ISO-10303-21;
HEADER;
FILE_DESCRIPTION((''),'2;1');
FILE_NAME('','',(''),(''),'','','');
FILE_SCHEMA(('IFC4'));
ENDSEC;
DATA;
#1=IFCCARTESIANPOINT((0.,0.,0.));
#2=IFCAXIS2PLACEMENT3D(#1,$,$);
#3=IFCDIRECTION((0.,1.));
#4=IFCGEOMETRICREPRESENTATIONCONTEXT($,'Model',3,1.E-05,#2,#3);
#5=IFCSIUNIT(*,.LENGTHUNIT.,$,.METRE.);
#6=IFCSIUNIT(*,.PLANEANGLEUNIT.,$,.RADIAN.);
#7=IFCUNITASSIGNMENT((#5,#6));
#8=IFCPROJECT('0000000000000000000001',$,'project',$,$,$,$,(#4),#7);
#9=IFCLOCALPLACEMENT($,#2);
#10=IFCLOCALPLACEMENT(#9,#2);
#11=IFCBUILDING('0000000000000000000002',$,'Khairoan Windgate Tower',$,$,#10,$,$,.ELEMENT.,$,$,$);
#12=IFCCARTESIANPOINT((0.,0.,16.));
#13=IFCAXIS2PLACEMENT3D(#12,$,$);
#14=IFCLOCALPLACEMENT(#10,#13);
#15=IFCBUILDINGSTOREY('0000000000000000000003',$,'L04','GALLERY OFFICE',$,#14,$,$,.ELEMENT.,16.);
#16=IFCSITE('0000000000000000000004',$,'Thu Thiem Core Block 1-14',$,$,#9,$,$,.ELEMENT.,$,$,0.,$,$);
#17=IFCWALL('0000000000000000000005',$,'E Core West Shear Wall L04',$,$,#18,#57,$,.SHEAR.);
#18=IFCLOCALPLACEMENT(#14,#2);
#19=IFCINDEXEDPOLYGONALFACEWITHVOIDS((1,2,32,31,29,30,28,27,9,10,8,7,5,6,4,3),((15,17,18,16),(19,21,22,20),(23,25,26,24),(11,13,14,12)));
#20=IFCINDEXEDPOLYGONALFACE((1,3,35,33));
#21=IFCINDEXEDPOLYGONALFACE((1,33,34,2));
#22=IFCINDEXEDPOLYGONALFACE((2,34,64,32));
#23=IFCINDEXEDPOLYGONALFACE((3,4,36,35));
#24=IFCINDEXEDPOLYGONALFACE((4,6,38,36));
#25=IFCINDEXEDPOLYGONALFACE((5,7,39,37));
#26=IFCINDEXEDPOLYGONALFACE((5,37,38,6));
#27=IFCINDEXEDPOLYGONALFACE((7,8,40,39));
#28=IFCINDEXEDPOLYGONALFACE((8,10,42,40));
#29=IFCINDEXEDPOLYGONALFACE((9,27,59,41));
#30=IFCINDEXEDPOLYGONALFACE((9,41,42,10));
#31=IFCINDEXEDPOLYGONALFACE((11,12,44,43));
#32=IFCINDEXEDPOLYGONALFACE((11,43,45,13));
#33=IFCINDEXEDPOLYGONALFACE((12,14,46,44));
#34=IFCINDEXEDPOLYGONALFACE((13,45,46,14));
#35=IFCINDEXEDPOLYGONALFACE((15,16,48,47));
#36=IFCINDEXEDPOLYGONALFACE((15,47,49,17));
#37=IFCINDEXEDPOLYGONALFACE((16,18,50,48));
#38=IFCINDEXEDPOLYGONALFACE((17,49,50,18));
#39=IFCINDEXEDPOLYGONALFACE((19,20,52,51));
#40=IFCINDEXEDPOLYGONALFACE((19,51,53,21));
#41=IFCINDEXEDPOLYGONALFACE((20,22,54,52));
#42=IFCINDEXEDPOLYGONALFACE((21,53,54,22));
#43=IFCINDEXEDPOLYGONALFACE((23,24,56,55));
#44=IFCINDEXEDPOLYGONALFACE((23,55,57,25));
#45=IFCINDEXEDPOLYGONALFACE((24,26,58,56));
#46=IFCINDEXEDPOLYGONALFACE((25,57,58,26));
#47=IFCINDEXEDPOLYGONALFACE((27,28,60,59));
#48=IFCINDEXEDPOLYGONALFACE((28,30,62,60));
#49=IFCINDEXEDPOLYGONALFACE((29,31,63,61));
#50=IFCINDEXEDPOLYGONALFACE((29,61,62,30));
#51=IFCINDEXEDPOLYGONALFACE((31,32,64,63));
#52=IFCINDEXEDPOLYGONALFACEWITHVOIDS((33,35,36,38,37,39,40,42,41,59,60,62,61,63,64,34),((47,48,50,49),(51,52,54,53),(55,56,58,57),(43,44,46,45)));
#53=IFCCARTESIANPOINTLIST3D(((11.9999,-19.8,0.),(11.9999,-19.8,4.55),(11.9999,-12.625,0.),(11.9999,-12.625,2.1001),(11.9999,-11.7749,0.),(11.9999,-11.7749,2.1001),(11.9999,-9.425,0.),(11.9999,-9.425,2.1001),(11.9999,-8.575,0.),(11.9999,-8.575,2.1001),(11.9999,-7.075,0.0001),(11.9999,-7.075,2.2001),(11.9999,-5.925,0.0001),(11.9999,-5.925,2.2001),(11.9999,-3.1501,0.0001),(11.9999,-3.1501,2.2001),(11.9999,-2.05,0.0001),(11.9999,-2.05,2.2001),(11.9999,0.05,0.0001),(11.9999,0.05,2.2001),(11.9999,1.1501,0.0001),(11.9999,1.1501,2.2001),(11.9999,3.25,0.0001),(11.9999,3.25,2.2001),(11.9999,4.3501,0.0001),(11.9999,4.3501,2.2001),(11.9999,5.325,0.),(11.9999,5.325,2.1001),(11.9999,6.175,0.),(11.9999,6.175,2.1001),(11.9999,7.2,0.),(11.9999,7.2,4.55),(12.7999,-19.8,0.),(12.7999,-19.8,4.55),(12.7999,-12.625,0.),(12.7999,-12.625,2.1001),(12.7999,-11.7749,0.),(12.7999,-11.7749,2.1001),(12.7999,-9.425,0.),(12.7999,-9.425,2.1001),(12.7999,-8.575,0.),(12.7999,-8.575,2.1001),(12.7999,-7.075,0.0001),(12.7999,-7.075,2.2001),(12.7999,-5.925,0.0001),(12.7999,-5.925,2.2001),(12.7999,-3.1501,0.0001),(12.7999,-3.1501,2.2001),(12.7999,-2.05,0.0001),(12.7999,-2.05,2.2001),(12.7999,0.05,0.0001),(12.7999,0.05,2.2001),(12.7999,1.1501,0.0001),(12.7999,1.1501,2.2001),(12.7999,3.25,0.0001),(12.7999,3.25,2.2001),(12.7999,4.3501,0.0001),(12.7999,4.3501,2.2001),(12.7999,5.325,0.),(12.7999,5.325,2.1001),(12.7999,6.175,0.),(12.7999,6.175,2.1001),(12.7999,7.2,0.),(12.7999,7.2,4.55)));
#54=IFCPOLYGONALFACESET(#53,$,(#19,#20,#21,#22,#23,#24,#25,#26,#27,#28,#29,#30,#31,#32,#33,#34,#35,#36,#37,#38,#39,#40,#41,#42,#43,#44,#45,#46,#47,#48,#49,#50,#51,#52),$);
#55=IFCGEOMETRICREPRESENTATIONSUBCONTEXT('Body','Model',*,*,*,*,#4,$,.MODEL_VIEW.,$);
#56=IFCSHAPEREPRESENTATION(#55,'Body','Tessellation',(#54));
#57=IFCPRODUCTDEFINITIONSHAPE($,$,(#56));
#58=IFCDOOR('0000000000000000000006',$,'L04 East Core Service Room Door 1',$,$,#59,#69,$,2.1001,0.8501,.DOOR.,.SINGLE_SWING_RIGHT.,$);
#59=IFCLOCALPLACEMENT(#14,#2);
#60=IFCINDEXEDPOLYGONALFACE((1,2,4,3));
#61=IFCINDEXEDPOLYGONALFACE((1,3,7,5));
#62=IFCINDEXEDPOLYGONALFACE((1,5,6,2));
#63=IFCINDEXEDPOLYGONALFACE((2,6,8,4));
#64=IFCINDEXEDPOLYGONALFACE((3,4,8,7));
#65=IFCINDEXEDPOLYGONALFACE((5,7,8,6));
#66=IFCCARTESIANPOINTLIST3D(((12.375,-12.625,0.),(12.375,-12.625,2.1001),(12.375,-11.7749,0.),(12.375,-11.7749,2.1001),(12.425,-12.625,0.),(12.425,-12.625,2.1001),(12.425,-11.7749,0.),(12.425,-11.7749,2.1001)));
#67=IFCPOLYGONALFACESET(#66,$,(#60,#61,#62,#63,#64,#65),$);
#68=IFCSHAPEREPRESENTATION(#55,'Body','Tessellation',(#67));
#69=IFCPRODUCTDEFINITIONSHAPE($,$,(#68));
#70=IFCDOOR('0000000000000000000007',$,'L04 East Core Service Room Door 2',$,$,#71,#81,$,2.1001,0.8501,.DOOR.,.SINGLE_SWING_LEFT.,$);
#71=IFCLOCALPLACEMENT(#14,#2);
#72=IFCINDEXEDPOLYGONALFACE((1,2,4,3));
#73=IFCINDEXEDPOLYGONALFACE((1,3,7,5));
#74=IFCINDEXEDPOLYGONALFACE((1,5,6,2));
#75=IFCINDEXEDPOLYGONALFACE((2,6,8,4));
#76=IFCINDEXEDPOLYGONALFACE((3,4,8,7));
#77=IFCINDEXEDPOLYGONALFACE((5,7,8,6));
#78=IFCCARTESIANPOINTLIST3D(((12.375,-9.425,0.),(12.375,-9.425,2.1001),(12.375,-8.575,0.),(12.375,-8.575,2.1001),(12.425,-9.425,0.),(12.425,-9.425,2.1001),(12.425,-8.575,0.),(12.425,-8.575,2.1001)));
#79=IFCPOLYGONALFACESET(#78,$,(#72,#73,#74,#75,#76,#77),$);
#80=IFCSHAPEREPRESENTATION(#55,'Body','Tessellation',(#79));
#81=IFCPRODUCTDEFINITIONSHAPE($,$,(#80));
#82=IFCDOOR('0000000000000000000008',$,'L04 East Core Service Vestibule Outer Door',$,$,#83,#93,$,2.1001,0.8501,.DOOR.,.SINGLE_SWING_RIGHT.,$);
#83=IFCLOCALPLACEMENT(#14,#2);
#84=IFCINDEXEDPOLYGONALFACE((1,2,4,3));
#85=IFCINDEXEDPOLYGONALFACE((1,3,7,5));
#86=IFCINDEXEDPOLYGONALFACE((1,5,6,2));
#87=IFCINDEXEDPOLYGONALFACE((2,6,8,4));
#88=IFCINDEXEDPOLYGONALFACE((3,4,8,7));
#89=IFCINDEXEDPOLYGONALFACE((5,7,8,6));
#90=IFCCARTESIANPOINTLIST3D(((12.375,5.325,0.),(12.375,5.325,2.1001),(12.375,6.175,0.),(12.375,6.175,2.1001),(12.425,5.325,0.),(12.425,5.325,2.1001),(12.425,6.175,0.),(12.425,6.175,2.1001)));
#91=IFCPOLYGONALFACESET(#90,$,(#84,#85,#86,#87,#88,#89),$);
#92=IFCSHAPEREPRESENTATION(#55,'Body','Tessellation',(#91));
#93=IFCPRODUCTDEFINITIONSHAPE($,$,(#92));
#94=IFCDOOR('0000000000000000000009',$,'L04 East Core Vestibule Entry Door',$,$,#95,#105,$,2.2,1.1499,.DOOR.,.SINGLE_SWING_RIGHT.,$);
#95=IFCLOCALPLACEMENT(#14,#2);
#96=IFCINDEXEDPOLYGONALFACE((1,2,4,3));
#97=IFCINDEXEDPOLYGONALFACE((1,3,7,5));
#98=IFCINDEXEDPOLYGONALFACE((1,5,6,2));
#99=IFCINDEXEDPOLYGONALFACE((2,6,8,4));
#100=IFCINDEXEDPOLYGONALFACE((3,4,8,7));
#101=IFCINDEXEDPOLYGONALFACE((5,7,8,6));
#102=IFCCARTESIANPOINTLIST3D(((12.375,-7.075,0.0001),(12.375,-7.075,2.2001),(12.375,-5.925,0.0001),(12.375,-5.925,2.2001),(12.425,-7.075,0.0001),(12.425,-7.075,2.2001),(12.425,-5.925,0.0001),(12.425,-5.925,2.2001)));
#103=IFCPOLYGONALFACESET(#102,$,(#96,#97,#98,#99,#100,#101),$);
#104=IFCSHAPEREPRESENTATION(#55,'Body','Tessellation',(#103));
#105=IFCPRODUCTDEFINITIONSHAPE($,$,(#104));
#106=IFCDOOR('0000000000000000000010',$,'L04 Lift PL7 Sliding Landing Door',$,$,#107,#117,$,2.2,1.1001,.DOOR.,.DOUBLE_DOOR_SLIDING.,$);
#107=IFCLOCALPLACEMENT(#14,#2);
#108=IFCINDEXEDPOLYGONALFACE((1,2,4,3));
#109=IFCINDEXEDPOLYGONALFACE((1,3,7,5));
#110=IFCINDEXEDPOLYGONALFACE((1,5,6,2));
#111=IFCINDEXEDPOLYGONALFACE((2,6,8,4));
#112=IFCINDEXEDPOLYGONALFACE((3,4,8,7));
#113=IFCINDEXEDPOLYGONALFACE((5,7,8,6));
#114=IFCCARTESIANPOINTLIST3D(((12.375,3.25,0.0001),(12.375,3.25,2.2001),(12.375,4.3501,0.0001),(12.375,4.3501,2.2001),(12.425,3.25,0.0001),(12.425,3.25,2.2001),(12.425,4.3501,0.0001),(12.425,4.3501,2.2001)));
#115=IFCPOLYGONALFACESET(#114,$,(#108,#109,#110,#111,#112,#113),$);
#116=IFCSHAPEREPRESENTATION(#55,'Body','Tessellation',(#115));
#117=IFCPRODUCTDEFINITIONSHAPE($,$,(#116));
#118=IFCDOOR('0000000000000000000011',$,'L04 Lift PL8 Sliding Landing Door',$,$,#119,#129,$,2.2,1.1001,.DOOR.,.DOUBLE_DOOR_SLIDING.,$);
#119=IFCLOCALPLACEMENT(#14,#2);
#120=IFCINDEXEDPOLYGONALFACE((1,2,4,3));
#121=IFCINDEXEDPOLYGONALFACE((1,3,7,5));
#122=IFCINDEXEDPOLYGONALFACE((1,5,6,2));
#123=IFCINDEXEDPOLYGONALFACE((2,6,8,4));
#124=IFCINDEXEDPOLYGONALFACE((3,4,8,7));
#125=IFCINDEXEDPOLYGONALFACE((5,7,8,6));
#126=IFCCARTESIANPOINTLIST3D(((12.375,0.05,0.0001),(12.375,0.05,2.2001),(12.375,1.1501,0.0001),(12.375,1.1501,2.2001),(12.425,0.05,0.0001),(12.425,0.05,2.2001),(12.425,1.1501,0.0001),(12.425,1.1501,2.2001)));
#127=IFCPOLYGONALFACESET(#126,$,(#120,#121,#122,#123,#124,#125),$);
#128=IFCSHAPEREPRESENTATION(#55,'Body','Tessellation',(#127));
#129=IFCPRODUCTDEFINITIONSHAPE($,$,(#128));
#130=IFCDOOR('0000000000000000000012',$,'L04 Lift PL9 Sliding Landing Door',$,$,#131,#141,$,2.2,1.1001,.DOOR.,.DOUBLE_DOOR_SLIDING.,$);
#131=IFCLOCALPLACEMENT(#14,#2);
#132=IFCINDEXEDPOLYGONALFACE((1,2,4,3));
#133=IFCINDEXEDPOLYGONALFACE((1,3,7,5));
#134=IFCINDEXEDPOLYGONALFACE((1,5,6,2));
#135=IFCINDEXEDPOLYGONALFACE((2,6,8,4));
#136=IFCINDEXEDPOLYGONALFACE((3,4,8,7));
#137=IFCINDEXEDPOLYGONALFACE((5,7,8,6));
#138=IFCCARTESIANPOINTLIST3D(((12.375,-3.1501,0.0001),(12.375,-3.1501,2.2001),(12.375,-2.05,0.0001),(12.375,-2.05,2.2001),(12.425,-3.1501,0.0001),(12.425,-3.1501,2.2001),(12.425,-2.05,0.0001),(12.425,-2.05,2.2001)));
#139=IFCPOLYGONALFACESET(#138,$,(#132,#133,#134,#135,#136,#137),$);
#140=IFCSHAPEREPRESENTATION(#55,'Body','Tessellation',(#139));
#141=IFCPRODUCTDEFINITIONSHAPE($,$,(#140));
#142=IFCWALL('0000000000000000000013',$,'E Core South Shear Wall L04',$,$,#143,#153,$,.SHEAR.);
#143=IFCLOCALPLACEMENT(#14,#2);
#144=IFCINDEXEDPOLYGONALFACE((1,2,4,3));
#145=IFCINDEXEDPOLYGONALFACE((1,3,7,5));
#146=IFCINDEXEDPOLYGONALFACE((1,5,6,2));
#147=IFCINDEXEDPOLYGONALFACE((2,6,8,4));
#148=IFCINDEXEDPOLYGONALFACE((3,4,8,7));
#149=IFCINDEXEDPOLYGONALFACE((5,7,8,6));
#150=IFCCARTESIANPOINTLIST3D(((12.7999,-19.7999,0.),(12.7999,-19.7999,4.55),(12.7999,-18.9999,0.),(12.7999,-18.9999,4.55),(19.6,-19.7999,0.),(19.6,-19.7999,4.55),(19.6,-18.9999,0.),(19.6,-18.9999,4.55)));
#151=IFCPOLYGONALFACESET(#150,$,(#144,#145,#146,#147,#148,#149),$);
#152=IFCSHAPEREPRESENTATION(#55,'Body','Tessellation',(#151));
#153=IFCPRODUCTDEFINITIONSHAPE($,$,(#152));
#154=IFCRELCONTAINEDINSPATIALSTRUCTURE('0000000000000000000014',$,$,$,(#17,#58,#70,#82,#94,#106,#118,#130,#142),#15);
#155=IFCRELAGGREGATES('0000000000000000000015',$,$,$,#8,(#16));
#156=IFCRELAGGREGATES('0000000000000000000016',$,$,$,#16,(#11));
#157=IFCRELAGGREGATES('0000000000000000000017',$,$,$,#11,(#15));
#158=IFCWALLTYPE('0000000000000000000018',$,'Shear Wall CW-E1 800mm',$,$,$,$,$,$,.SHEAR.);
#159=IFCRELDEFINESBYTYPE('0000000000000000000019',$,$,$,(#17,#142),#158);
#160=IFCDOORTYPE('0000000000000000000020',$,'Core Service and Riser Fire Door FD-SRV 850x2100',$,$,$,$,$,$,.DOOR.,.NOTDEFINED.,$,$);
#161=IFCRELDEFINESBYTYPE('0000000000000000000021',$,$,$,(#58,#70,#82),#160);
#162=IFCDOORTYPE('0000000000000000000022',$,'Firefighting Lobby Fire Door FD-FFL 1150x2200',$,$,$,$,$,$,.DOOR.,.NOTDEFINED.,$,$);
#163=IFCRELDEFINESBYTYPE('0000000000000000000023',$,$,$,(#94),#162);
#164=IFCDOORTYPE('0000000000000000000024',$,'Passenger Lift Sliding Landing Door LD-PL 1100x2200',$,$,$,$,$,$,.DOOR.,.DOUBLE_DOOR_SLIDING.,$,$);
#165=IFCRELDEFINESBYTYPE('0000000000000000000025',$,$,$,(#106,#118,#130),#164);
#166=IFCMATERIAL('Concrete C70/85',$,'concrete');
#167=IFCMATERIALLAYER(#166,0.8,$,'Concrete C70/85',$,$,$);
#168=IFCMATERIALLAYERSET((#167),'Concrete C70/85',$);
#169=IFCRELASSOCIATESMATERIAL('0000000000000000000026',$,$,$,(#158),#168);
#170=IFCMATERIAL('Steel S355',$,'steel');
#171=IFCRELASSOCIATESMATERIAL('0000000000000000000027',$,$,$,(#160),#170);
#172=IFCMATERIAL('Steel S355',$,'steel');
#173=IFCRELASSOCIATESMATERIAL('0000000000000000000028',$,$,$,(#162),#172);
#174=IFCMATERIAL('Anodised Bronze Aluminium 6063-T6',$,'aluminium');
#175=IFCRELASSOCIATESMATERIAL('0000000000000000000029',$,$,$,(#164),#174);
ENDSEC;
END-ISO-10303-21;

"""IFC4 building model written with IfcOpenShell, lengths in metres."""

from ifc_helpers import new_model, si_unit, direction, frame, frame_2d, origin, place, context, subcontext, project, spatial, rectangle, extrude, material, layer, layer_set, type_object, element, fill, save


model = new_model("IFC4")

# Units and contexts
model_context = context("Model", 3, precision=1e-05, world=origin(), true_north=direction((0.0, 1.0)))
body_context = subcontext(model_context, "Body", "Model", "MODEL_VIEW")
ifc_project = project(units=[si_unit("LENGTHUNIT", "METRE"), si_unit("PLANEANGLEUNIT", "RADIAN")], contexts=[model_context])

# Site, building, storey
site_placement = place(None, origin())
site = spatial("IfcSite", under=ifc_project, at=site_placement, Name="Thu Thiem Core Block 1-14", CompositionType="ELEMENT", RefElevation=0.0)
building_placement = place(site_placement, origin())
building = spatial("IfcBuilding", under=site, at=building_placement, Name="Khairoan Windgate Tower", CompositionType="ELEMENT")
storey_placement = place(building_placement, frame((0.0, 0.0, 16.0)))
storey = spatial("IfcBuildingStorey", under=building, at=storey_placement, Name="L04", Description="GALLERY OFFICE", CompositionType="ELEMENT", Elevation=16.0)

# Wall, openings, doors
ifc_material_1 = material(Name="Concrete C70/85", Category="concrete")
ifc_layer_1 = layer(ifc_material_1, 0.8, Name="Concrete C70/85")
ifc_layer_set_1 = layer_set([ifc_layer_1], Name="Concrete C70/85")
wall_type_1 = type_object("IfcWallType", Name="Shear Wall CW-E1 800mm", PredefinedType="SHEAR", material=ifc_layer_set_1)
wall_1_placement = place(storey_placement, frame((12.3999, -19.8, 0.0), z_axis=(0.0, 0.0, 1.0), x_axis=(0.0, 1.0, 0.0)))
wall_1 = element("IfcWall", 1, at=wall_1_placement, inside=storey, type_object=wall_type_1, Name="E Core West Shear Wall L04", PredefinedType="SHEAR", context=body_context, shape_type="SweptSolid", body=[
    extrude(rectangle(XDim=27.0, YDim=0.8, at=frame_2d((13.5, 0.0))), origin(), (0.0, 0.0, 1.0), 4.55),
])
opening_1_placement = place(wall_1_placement, frame((23.05, 0.0, 0.0)))
opening_1 = element("IfcOpeningElement", 2, at=opening_1_placement, cuts=wall_1, PredefinedType="OPENING", context=body_context, shape_type="SweptSolid", body=[
    extrude(rectangle(XDim=1.1001, YDim=2.2, at=frame_2d((0.55, 1.1001))), frame((0.0, 0.4099, 0.0), z_axis=(0.0, -1.0, 0.0), x_axis=(1.0, 0.0, 0.0)), (0.0, 0.0, 1.0), 0.8201),
])
opening_2_placement = place(wall_1_placement, frame((19.8501, 0.0, 0.0)))
opening_2 = element("IfcOpeningElement", 3, at=opening_2_placement, cuts=wall_1, PredefinedType="OPENING", context=body_context, shape_type="SweptSolid", body=[
    extrude(rectangle(XDim=1.1001, YDim=2.2, at=frame_2d((0.55, 1.1001))), frame((0.0, 0.4099, 0.0), z_axis=(0.0, -1.0, 0.0), x_axis=(1.0, 0.0, 0.0)), (0.0, 0.0, 1.0), 0.8201),
])
opening_3_placement = place(wall_1_placement, frame((16.6499, 0.0, 0.0)))
opening_3 = element("IfcOpeningElement", 4, at=opening_3_placement, cuts=wall_1, PredefinedType="OPENING", context=body_context, shape_type="SweptSolid", body=[
    extrude(rectangle(XDim=1.1001, YDim=2.2, at=frame_2d((0.55, 1.1001))), frame((0.0, 0.4099, 0.0), z_axis=(0.0, -1.0, 0.0), x_axis=(1.0, 0.0, 0.0)), (0.0, 0.0, 1.0), 0.8201),
])
opening_4_placement = place(wall_1_placement, frame((7.175, 0.0, 0.0)))
opening_4 = element("IfcOpeningElement", 5, at=opening_4_placement, cuts=wall_1, PredefinedType="OPENING", context=body_context, shape_type="SweptSolid", body=[
    extrude(rectangle(XDim=0.8501, YDim=2.1001, at=frame_2d((0.425, 1.05))), frame((0.0, 0.4099, 0.0), z_axis=(0.0, -1.0, 0.0), x_axis=(1.0, 0.0, 0.0)), (0.0, 0.0, 1.0), 0.8201),
])
opening_5_placement = place(wall_1_placement, frame((10.375, 0.0, 0.0)))
opening_5 = element("IfcOpeningElement", 6, at=opening_5_placement, cuts=wall_1, PredefinedType="OPENING", context=body_context, shape_type="SweptSolid", body=[
    extrude(rectangle(XDim=0.8501, YDim=2.1001, at=frame_2d((0.425, 1.05))), frame((0.0, 0.4099, 0.0), z_axis=(0.0, -1.0, 0.0), x_axis=(1.0, 0.0, 0.0)), (0.0, 0.0, 1.0), 0.8201),
])
opening_6_placement = place(wall_1_placement, frame((12.7251, 0.0, 0.0)))
opening_6 = element("IfcOpeningElement", 7, at=opening_6_placement, cuts=wall_1, PredefinedType="OPENING", context=body_context, shape_type="SweptSolid", body=[
    extrude(rectangle(XDim=1.1499, YDim=2.2, at=frame_2d((0.575, 1.1001))), frame((0.0, 0.4099, 0.0), z_axis=(0.0, -1.0, 0.0), x_axis=(1.0, 0.0, 0.0)), (0.0, 0.0, 1.0), 0.8201),
])
opening_7_placement = place(wall_1_placement, frame((25.125, 0.0, 0.0)))
opening_7 = element("IfcOpeningElement", 8, at=opening_7_placement, cuts=wall_1, PredefinedType="OPENING", context=body_context, shape_type="SweptSolid", body=[
    extrude(rectangle(XDim=0.8501, YDim=2.1001, at=frame_2d((0.425, 1.05))), frame((0.0, 0.4099, 0.0), z_axis=(0.0, -1.0, 0.0), x_axis=(1.0, 0.0, 0.0)), (0.0, 0.0, 1.0), 0.8201),
])
ifc_material_2 = material(Name="Steel S355", Category="steel")
door_type_1 = type_object("IfcDoorType", Name="Core Service and Riser Fire Door FD-SRV 850x2100", OperationType="NOTDEFINED", PredefinedType="DOOR", material=ifc_material_2)
door_1_placement = place(opening_4_placement, origin())
door_1 = element("IfcDoor", 9, at=door_1_placement, inside=storey, type_object=door_type_1, Name="L04 East Core Service Room Door 1", OperationType="SINGLE_SWING_RIGHT", OverallHeight=2.1001, OverallWidth=0.8501, PredefinedType="DOOR", context=body_context, shape_type="SweptSolid", body=[
    extrude(rectangle(XDim=0.8501, YDim=2.1001, at=frame_2d((0.425, 1.05))), frame((0.0, 0.0249, 0.0), z_axis=(0.0, -1.0, 0.0), x_axis=(1.0, 0.0, 0.0)), (0.0, 0.0, 1.0), 0.05),
])
fill(opening_4, door_1)
door_2_placement = place(opening_5_placement, origin())
door_2 = element("IfcDoor", 10, at=door_2_placement, inside=storey, type_object=door_type_1, Name="L04 East Core Service Room Door 2", OperationType="SINGLE_SWING_LEFT", OverallHeight=2.1001, OverallWidth=0.8501, PredefinedType="DOOR", context=body_context, shape_type="SweptSolid", body=[
    extrude(rectangle(XDim=0.8501, YDim=2.1001, at=frame_2d((0.425, 1.05))), frame((0.0, 0.0249, 0.0), z_axis=(0.0, -1.0, 0.0), x_axis=(1.0, 0.0, 0.0)), (0.0, 0.0, 1.0), 0.05),
])
fill(opening_5, door_2)
door_3_placement = place(opening_7_placement, origin())
door_3 = element("IfcDoor", 11, at=door_3_placement, inside=storey, type_object=door_type_1, Name="L04 East Core Service Vestibule Outer Door", OperationType="SINGLE_SWING_RIGHT", OverallHeight=2.1001, OverallWidth=0.8501, PredefinedType="DOOR", context=body_context, shape_type="SweptSolid", body=[
    extrude(rectangle(XDim=0.8501, YDim=2.1001, at=frame_2d((0.425, 1.05))), frame((0.0, 0.0249, 0.0), z_axis=(0.0, -1.0, 0.0), x_axis=(1.0, 0.0, 0.0)), (0.0, 0.0, 1.0), 0.05),
])
fill(opening_7, door_3)
ifc_material_3 = material(Name="Steel S355", Category="steel")
door_type_2 = type_object("IfcDoorType", Name="Firefighting Lobby Fire Door FD-FFL 1150x2200", OperationType="NOTDEFINED", PredefinedType="DOOR", material=ifc_material_3)
door_4_placement = place(opening_6_placement, origin())
door_4 = element("IfcDoor", 12, at=door_4_placement, inside=storey, type_object=door_type_2, Name="L04 East Core Vestibule Entry Door", OperationType="SINGLE_SWING_RIGHT", OverallHeight=2.2, OverallWidth=1.1499, PredefinedType="DOOR", context=body_context, shape_type="SweptSolid", body=[
    extrude(rectangle(XDim=1.1499, YDim=2.2, at=frame_2d((0.575, 1.1001))), frame((0.0, 0.0249, 0.0), z_axis=(0.0, -1.0, 0.0), x_axis=(1.0, 0.0, 0.0)), (0.0, 0.0, 1.0), 0.05),
])
fill(opening_6, door_4)
ifc_material_4 = material(Name="Anodised Bronze Aluminium 6063-T6", Category="aluminium")
door_type_3 = type_object("IfcDoorType", Name="Passenger Lift Sliding Landing Door LD-PL 1100x2200", OperationType="DOUBLE_DOOR_SLIDING", PredefinedType="DOOR", material=ifc_material_4)
door_5_placement = place(opening_1_placement, origin())
door_5 = element("IfcDoor", 13, at=door_5_placement, inside=storey, type_object=door_type_3, Name="L04 Lift PL7 Sliding Landing Door", OperationType="DOUBLE_DOOR_SLIDING", OverallHeight=2.2, OverallWidth=1.1001, PredefinedType="DOOR", context=body_context, shape_type="SweptSolid", body=[
    extrude(rectangle(XDim=1.1001, YDim=2.2, at=frame_2d((0.55, 1.1001))), frame((0.0, 0.0249, 0.0), z_axis=(0.0, -1.0, 0.0), x_axis=(1.0, 0.0, 0.0)), (0.0, 0.0, 1.0), 0.05),
])
fill(opening_1, door_5)
door_6_placement = place(opening_2_placement, origin())
door_6 = element("IfcDoor", 14, at=door_6_placement, inside=storey, type_object=door_type_3, Name="L04 Lift PL8 Sliding Landing Door", OperationType="DOUBLE_DOOR_SLIDING", OverallHeight=2.2, OverallWidth=1.1001, PredefinedType="DOOR", context=body_context, shape_type="SweptSolid", body=[
    extrude(rectangle(XDim=1.1001, YDim=2.2, at=frame_2d((0.55, 1.1001))), frame((0.0, 0.0249, 0.0), z_axis=(0.0, -1.0, 0.0), x_axis=(1.0, 0.0, 0.0)), (0.0, 0.0, 1.0), 0.05),
])
fill(opening_2, door_6)
door_7_placement = place(opening_3_placement, origin())
door_7 = element("IfcDoor", 15, at=door_7_placement, inside=storey, type_object=door_type_3, Name="L04 Lift PL9 Sliding Landing Door", OperationType="DOUBLE_DOOR_SLIDING", OverallHeight=2.2, OverallWidth=1.1001, PredefinedType="DOOR", context=body_context, shape_type="SweptSolid", body=[
    extrude(rectangle(XDim=1.1001, YDim=2.2, at=frame_2d((0.55, 1.1001))), frame((0.0, 0.0249, 0.0), z_axis=(0.0, -1.0, 0.0), x_axis=(1.0, 0.0, 0.0)), (0.0, 0.0, 1.0), 0.05),
])
fill(opening_3, door_7)

# Wall
wall_2_placement = place(storey_placement, frame((12.8, -19.3999, 0.0), z_axis=(0.0, 0.0, 1.0), x_axis=(1.0, 0.0, 0.0)))
element("IfcWall", 16, at=wall_2_placement, inside=storey, type_object=wall_type_1, Name="E Core South Shear Wall L04", PredefinedType="SHEAR", context=body_context, shape_type="SweptSolid", body=[
    extrude(rectangle(XDim=6.8, YDim=0.8, at=frame_2d((3.3999, 0.0))), origin(), (0.0, 0.0, 1.0), 4.55),
])

save(model, "model.ifc")
